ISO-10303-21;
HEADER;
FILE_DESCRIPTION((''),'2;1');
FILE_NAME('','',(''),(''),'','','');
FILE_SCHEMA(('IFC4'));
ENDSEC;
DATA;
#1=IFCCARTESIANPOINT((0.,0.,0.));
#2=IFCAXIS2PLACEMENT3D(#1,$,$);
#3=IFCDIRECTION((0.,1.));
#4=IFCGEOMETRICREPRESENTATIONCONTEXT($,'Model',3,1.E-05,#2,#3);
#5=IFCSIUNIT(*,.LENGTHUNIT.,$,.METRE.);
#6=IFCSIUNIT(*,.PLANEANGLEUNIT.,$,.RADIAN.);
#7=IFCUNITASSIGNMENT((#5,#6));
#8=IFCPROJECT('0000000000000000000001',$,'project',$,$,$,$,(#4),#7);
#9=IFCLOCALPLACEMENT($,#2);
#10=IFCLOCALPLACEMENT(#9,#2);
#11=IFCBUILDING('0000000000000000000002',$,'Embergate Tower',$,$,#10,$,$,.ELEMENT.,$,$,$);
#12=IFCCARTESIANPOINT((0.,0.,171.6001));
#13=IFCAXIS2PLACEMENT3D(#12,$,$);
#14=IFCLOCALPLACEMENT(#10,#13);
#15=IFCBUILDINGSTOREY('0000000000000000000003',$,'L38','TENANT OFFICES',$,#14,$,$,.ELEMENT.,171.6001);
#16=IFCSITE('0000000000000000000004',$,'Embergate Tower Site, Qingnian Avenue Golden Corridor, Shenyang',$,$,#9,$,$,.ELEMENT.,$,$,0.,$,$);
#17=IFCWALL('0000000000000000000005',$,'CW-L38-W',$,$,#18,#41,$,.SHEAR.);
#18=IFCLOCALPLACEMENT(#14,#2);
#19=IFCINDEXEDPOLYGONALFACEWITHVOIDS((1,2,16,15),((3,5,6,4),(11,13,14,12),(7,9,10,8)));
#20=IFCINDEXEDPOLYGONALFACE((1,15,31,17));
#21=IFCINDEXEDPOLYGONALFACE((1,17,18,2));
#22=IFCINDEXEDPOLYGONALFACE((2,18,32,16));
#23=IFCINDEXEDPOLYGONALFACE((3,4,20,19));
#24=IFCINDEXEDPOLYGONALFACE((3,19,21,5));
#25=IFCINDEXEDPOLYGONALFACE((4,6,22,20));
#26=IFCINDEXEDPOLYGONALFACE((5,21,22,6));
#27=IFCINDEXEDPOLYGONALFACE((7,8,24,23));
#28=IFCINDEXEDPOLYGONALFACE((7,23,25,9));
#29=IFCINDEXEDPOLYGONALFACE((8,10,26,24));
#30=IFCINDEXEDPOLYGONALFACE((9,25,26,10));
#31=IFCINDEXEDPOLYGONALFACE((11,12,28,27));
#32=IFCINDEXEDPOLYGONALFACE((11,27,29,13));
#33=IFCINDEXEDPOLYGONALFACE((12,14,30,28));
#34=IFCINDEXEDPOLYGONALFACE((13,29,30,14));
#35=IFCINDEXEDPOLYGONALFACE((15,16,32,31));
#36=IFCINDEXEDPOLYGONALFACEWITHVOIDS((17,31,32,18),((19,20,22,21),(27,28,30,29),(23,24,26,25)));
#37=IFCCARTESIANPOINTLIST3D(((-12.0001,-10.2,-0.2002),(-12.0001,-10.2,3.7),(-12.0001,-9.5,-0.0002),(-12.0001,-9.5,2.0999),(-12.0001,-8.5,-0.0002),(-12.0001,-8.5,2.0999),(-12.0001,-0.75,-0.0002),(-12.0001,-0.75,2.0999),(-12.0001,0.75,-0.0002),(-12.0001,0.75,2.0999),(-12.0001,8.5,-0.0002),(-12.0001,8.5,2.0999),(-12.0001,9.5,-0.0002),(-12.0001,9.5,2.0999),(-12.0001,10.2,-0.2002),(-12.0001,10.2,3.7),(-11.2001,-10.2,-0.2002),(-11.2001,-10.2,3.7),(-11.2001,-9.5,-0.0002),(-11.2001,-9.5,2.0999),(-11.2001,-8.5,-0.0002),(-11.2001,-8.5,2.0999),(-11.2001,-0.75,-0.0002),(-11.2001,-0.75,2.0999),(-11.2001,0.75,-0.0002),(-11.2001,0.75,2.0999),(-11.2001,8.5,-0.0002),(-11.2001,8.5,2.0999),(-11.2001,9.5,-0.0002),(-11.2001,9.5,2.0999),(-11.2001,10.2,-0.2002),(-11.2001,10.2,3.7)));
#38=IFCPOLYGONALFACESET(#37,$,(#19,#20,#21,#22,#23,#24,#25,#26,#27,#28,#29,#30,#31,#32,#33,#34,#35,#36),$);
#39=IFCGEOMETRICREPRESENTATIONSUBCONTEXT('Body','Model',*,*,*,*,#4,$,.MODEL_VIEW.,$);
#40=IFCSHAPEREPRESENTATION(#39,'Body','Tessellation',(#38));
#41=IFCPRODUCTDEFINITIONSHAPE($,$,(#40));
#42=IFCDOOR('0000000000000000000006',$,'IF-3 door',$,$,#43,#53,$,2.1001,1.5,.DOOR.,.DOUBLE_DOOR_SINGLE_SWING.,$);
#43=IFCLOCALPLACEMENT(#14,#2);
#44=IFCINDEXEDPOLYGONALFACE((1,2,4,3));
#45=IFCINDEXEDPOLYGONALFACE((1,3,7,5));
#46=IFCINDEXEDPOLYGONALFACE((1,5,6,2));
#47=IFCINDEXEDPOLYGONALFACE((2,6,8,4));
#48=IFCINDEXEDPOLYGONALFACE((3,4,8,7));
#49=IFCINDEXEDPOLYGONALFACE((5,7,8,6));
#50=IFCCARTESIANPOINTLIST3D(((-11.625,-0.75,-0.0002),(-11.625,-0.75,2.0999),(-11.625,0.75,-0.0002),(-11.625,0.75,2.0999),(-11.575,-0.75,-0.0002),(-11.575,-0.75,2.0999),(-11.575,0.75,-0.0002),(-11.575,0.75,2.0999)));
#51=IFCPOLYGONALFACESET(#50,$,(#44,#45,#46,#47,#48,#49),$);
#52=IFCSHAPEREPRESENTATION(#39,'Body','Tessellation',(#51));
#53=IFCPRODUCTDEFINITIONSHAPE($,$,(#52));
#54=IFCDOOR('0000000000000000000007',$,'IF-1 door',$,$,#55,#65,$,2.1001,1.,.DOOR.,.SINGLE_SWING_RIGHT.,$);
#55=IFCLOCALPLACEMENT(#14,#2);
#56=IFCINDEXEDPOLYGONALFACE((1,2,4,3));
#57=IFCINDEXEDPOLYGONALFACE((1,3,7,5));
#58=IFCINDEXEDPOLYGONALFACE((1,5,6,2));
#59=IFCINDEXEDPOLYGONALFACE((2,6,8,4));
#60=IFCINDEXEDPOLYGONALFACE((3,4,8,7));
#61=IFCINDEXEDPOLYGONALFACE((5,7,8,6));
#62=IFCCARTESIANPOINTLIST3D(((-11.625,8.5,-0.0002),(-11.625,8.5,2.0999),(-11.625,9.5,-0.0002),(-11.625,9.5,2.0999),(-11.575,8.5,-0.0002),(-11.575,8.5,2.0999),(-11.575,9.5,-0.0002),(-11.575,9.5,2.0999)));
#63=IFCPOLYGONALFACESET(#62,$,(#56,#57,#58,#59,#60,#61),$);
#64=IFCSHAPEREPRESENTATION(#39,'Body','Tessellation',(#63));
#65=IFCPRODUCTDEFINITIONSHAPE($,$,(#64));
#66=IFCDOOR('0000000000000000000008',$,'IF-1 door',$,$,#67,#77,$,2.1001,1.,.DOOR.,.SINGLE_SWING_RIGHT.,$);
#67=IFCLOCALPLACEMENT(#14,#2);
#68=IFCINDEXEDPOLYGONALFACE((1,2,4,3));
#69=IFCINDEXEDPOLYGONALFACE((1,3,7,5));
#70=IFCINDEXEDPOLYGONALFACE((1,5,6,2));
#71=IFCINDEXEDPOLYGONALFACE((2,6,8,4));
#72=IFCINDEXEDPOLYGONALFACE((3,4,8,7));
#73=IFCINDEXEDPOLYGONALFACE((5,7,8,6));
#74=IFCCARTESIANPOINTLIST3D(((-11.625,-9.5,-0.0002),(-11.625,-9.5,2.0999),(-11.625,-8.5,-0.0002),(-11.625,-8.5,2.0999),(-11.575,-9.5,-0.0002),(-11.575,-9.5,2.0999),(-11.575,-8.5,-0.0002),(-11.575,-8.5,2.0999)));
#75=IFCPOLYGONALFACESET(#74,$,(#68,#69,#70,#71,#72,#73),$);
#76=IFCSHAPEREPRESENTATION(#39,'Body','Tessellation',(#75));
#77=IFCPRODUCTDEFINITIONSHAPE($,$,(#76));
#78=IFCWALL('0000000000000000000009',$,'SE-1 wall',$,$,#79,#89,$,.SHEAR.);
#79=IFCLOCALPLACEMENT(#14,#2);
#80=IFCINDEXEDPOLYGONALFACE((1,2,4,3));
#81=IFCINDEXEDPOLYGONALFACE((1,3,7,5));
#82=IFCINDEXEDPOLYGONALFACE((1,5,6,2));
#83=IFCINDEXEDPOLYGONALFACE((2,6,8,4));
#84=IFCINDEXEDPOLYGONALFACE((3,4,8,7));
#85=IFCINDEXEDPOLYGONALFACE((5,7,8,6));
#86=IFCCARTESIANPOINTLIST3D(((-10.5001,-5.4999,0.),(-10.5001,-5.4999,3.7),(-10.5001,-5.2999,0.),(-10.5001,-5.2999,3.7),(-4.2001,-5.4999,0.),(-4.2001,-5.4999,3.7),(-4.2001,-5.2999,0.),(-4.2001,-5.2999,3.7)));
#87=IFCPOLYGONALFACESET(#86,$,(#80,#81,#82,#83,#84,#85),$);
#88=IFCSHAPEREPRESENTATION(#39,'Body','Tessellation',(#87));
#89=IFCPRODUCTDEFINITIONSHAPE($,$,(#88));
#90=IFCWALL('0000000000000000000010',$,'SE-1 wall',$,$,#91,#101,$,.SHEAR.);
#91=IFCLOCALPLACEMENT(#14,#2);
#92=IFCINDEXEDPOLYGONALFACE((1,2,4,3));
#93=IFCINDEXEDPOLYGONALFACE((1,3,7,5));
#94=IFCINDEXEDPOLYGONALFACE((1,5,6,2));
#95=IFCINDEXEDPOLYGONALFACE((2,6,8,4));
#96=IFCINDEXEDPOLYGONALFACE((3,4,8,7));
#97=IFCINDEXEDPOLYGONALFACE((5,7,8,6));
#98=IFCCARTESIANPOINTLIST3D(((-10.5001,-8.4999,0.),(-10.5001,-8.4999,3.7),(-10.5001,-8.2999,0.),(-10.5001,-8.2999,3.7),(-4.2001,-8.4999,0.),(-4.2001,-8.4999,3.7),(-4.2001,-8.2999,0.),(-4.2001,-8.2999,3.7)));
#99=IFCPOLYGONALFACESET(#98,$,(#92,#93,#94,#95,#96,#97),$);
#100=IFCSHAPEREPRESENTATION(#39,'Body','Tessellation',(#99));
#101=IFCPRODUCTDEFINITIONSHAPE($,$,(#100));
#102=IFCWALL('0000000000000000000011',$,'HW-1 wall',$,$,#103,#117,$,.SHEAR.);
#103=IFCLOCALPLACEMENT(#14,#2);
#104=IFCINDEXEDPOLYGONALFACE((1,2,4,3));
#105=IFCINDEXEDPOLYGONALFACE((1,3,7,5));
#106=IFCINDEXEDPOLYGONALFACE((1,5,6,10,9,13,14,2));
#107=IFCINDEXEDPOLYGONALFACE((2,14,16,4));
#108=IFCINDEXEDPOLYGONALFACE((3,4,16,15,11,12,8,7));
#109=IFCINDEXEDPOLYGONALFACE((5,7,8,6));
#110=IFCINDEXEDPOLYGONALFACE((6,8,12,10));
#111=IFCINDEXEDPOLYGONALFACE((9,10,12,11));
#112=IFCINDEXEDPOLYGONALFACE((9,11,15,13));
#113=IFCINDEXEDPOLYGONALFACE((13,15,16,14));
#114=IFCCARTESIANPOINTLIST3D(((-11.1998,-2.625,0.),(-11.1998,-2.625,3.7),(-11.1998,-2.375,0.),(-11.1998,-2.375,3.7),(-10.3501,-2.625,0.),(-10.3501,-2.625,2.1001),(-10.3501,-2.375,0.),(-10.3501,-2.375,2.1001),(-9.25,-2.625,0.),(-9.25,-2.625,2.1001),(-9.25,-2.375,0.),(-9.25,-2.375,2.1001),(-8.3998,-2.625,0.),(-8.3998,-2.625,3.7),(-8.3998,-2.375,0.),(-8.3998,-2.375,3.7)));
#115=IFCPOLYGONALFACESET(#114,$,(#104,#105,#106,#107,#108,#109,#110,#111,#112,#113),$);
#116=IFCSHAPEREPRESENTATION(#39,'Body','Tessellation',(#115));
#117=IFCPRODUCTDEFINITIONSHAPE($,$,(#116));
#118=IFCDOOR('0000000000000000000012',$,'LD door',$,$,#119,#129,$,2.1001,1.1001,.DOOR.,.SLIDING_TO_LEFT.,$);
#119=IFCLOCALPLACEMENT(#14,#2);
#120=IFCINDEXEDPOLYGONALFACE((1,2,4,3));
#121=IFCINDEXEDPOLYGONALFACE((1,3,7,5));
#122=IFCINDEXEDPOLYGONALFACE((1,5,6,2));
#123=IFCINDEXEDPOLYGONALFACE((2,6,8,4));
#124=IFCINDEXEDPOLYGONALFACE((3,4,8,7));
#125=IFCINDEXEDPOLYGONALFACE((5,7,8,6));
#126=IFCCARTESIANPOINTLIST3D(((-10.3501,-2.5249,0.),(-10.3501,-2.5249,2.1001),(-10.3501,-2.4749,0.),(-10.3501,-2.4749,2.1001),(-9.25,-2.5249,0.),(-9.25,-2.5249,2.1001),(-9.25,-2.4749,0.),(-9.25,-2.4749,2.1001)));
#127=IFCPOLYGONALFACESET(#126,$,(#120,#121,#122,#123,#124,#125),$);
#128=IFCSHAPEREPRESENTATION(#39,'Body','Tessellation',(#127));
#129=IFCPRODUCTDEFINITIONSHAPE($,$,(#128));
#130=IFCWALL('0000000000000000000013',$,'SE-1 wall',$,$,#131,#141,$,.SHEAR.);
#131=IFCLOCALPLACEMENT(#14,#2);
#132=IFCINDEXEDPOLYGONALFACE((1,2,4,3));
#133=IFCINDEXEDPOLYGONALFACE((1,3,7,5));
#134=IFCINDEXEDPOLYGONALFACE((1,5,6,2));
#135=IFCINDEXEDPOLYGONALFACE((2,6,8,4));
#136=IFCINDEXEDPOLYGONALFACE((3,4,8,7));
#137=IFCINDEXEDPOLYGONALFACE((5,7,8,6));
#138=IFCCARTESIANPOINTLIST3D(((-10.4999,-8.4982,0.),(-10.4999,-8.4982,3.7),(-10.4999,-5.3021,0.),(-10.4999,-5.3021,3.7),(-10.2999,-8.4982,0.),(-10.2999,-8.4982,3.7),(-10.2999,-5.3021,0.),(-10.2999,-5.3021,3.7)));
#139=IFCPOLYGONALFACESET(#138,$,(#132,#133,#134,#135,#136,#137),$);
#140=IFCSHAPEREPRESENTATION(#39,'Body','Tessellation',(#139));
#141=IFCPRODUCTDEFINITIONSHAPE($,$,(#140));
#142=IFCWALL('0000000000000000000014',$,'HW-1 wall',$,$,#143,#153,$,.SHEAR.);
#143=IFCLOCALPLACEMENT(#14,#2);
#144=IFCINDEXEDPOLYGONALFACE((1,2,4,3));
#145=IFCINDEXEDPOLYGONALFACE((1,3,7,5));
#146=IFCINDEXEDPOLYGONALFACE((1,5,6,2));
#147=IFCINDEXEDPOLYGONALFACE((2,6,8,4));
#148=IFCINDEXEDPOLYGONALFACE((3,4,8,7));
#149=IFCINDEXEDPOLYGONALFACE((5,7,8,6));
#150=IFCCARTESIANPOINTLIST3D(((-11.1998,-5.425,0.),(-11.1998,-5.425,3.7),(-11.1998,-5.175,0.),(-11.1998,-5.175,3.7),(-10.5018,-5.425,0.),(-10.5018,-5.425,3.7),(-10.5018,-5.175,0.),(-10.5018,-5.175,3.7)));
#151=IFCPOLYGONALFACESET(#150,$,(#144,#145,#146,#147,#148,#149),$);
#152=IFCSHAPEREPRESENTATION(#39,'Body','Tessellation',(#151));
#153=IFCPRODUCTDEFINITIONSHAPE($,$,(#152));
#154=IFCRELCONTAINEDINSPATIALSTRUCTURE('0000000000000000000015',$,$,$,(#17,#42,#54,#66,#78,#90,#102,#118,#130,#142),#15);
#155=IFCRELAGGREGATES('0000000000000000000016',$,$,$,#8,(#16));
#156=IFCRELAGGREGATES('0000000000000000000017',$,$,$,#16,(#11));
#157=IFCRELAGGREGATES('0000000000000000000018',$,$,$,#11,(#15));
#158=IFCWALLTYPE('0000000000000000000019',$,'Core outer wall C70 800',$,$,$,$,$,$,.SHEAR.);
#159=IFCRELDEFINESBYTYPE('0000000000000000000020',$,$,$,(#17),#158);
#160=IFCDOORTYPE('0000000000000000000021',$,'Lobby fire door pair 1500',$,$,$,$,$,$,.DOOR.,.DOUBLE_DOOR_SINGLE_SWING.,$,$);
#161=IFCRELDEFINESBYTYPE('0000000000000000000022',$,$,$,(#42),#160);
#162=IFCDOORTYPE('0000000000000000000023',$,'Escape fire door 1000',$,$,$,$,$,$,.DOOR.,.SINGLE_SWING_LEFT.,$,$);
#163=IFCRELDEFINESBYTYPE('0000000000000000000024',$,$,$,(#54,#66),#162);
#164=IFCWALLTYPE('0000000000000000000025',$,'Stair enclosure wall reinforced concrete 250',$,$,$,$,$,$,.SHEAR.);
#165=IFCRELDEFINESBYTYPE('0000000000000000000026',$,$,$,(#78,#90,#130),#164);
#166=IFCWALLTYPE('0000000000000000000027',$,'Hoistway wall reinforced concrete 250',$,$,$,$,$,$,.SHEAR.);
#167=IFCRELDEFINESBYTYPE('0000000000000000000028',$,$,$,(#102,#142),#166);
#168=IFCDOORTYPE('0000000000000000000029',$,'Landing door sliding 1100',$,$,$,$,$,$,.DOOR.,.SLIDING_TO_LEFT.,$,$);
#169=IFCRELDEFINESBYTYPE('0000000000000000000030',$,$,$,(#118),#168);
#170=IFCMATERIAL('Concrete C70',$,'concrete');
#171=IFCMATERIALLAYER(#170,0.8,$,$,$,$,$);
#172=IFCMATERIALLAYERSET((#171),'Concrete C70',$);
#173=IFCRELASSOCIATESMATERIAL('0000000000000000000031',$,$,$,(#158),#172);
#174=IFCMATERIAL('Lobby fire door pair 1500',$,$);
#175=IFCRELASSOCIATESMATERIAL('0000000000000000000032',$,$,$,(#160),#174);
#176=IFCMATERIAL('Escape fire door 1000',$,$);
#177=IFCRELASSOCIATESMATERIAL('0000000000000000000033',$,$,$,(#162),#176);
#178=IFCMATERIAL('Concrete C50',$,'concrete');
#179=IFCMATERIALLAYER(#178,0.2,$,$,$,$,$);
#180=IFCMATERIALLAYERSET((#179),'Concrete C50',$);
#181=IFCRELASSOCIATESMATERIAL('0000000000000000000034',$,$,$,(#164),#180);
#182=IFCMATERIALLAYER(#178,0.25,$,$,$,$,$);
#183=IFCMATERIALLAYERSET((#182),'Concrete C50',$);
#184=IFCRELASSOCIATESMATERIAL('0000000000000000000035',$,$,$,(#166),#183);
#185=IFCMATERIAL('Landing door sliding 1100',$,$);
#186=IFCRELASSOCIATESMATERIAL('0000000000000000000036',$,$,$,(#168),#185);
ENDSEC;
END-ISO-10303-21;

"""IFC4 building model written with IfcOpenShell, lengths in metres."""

from ifc_helpers import new_model, si_unit, direction, frame, frame_2d, origin, place, context, subcontext, project, spatial, rectangle, extrude, source, transform, mapped, material, layer, layer_set, type_object, element, fill, save


model = new_model("IFC4")

# Units and contexts
model_context = context("Model", 3, precision=1e-05, world=origin(), true_north=direction((0.0, 1.0)))
body_context = subcontext(model_context, "Body", "Model", "MODEL_VIEW")
ifc_project = project(units=[si_unit("LENGTHUNIT", "METRE"), si_unit("PLANEANGLEUNIT", "RADIAN")], contexts=[model_context])

# Site, building, storey
site_placement = place(None, origin())
site = spatial("IfcSite", under=ifc_project, at=site_placement, Name="Embergate Tower Site, Qingnian Avenue Golden Corridor, Shenyang", CompositionType="ELEMENT", RefElevation=0.0)
building_placement = place(site_placement, origin())
building = spatial("IfcBuilding", under=site, at=building_placement, Name="Embergate Tower", CompositionType="ELEMENT")
storey_placement = place(building_placement, frame((0.0, 0.0, 171.6001)))
storey = spatial("IfcBuildingStorey", under=building, at=storey_placement, Name="L38", Description="TENANT OFFICES", CompositionType="ELEMENT", Elevation=171.6001)

# Wall, openings, doors
ifc_material_1 = material(Name="Concrete C70", Category="concrete")
ifc_layer_1 = layer(ifc_material_1, 0.8)
ifc_layer_set_1 = layer_set([ifc_layer_1], Name="Concrete C70")
wall_type_1 = type_object("IfcWallType", Name="Core outer wall C70 800", PredefinedType="SHEAR", material=ifc_layer_set_1)
shared_shape_1 = source(origin(), body_context, "Body", "SweptSolid", [
    extrude(rectangle(XDim=20.3999, YDim=0.8, at=frame_2d((10.2, 0.0))), origin(), (0.0, 0.0, 1.0), 3.9001),
])
wall_1_placement = place(storey_placement, frame((-11.6001, -10.2, -0.2002), z_axis=(0.0, 0.0, 1.0), x_axis=(0.0, 1.0, 0.0)))
wall_1 = element("IfcWall", 1, at=wall_1_placement, inside=storey, type_object=wall_type_1, Name="CW-L38-W", PredefinedType="SHEAR", context=body_context, shape_type="MappedRepresentation", body=[
    mapped(shared_shape_1, transform((0.0, 0.0, 0.0))),
])
shared_shape_2 = source(origin(), body_context, "Body", "SweptSolid", [
    extrude(rectangle(XDim=1.0, YDim=2.1001, at=frame_2d((0.5, 1.05))), frame((0.0, 0.4099, 0.0), z_axis=(0.0, -1.0, 0.0), x_axis=(1.0, 0.0, 0.0)), (0.0, 0.0, 1.0), 0.8201),
])
opening_1_placement = place(wall_1_placement, frame((18.7, 0.0, 0.2)))
opening_1 = element("IfcOpeningElement", 2, at=opening_1_placement, cuts=wall_1, PredefinedType="OPENING", context=body_context, shape_type="MappedRepresentation", body=[
    mapped(shared_shape_2, transform((0.0, 0.0, 0.0))),
])
opening_2_placement = place(wall_1_placement, frame((0.7, 0.0, 0.2)))
opening_2 = element("IfcOpeningElement", 3, at=opening_2_placement, cuts=wall_1, PredefinedType="OPENING", context=body_context, shape_type="MappedRepresentation", body=[
    mapped(shared_shape_2, transform((0.0, 0.0, 0.0))),
])
shared_shape_3 = source(origin(), body_context, "Body", "SweptSolid", [
    extrude(rectangle(XDim=1.5, YDim=2.1001, at=frame_2d((0.75, 1.05))), frame((0.0, 0.4099, 0.0), z_axis=(0.0, -1.0, 0.0), x_axis=(1.0, 0.0, 0.0)), (0.0, 0.0, 1.0), 0.8201),
])
opening_3_placement = place(wall_1_placement, frame((9.45, 0.0, 0.2)))
opening_3 = element("IfcOpeningElement", 4, at=opening_3_placement, cuts=wall_1, PredefinedType="OPENING", context=body_context, shape_type="MappedRepresentation", body=[
    mapped(shared_shape_3, transform((0.0, 0.0, 0.0))),
])
ifc_material_2 = material(Name="Lobby fire door pair 1500")
door_type_1 = type_object("IfcDoorType", Name="Lobby fire door pair 1500", OperationType="DOUBLE_DOOR_SINGLE_SWING", PredefinedType="DOOR", material=ifc_material_2)
shared_shape_4 = source(origin(), body_context, "Body", "SweptSolid", [
    extrude(rectangle(XDim=1.5, YDim=2.1001, at=frame_2d((0.75, 1.05))), frame((0.0, 0.0249, 0.0), z_axis=(0.0, -1.0, 0.0), x_axis=(1.0, 0.0, 0.0)), (0.0, 0.0, 1.0), 0.05),
])
door_1_placement = place(opening_3_placement, origin())
door_1 = element("IfcDoor", 5, at=door_1_placement, inside=storey, type_object=door_type_1, Name="IF-3 door", OperationType="DOUBLE_DOOR_SINGLE_SWING", OverallHeight=2.1001, OverallWidth=1.5, PredefinedType="DOOR", context=body_context, shape_type="MappedRepresentation", body=[
    mapped(shared_shape_4, transform((0.0, 0.0, 0.0))),
])
fill(opening_3, door_1)
ifc_material_3 = material(Name="Escape fire door 1000")
door_type_2 = type_object("IfcDoorType", Name="Escape fire door 1000", OperationType="SINGLE_SWING_LEFT", PredefinedType="DOOR", material=ifc_material_3)
shared_shape_5 = source(origin(), body_context, "Body", "SweptSolid", [
    extrude(rectangle(XDim=1.0, YDim=2.1001, at=frame_2d((0.5, 1.05))), frame((0.0, 0.0249, 0.0), z_axis=(0.0, -1.0, 0.0), x_axis=(1.0, 0.0, 0.0)), (0.0, 0.0, 1.0), 0.05),
])
door_2_placement = place(opening_1_placement, origin())
door_2 = element("IfcDoor", 6, at=door_2_placement, inside=storey, type_object=door_type_2, Name="IF-1 door", OperationType="SINGLE_SWING_RIGHT", OverallHeight=2.1001, OverallWidth=1.0, PredefinedType="DOOR", context=body_context, shape_type="MappedRepresentation", body=[
    mapped(shared_shape_5, transform((0.0, 0.0, 0.0))),
])
fill(opening_1, door_2)
door_3_placement = place(opening_2_placement, origin())
door_3 = element("IfcDoor", 7, at=door_3_placement, inside=storey, type_object=door_type_2, Name="IF-1 door", OperationType="SINGLE_SWING_RIGHT", OverallHeight=2.1001, OverallWidth=1.0, PredefinedType="DOOR", context=body_context, shape_type="MappedRepresentation", body=[
    mapped(shared_shape_5, transform((0.0, 0.0, 0.0))),
])
fill(opening_2, door_3)

# Walls
ifc_material_4 = material(Name="Concrete C50", Category="concrete")
ifc_layer_2 = layer(ifc_material_4, 0.2)
ifc_layer_set_2 = layer_set([ifc_layer_2], Name="Concrete C50")
wall_type_2 = type_object("IfcWallType", Name="Stair enclosure wall reinforced concrete 250", PredefinedType="SHEAR", material=ifc_layer_set_2)
shared_shape_6 = source(origin(), body_context, "Body", "SweptSolid", [
    extrude(rectangle(XDim=6.3, YDim=0.2, at=frame_2d((3.1499, 0.0))), origin(), (0.0, 0.0, 1.0), 3.7),
])
for number, where, z_axis, x_axis, name in (
    (8, (-10.5, -5.3999, 0.0), (0.0, 0.0, 1.0), (1.0, 0.0, 0.0), "SE-1 wall"),
    (9, (-10.5, -8.3999, 0.0), (0.0, 0.0, 1.0), (1.0, 0.0, 0.0), "SE-1 wall"),
):
    element("IfcWall", number, at=place(storey_placement, frame(where, z_axis=z_axis, x_axis=x_axis)), inside=storey, type_object=wall_type_2, Name=name, PredefinedType="SHEAR", context=body_context, shape_type="MappedRepresentation", body=[
        mapped(shared_shape_6, transform((0.0, 0.0, 0.0))),
    ])

# Wall, opening, door
ifc_layer_3 = layer(ifc_material_4, 0.25)
ifc_layer_set_3 = layer_set([ifc_layer_3], Name="Concrete C50")
wall_type_3 = type_object("IfcWallType", Name="Hoistway wall reinforced concrete 250", PredefinedType="SHEAR", material=ifc_layer_set_3)
shared_shape_7 = source(origin(), body_context, "Body", "SweptSolid", [
    extrude(rectangle(XDim=2.8, YDim=0.25, at=frame_2d((1.3999, 0.0))), origin(), (0.0, 0.0, 1.0), 3.7),
])
wall_2_placement = place(storey_placement, frame((-8.3999, -2.5, 0.0), z_axis=(0.0, 0.0, 1.0), x_axis=(-1.0, 0.0, 0.0)))
wall_2 = element("IfcWall", 10, at=wall_2_placement, inside=storey, type_object=wall_type_3, Name="HW-1 wall", PredefinedType="SHEAR", context=body_context, shape_type="MappedRepresentation", body=[
    mapped(shared_shape_7, transform((0.0, 0.0, 0.0))),
])
shared_shape_8 = source(origin(), body_context, "Body", "SweptSolid", [
    extrude(rectangle(XDim=1.1001, YDim=2.1001, at=frame_2d((0.55, 1.05))), frame((0.0, 0.135, 0.0), z_axis=(0.0, -1.0, 0.0), x_axis=(1.0, 0.0, 0.0)), (0.0, 0.0, 1.0), 0.27),
])
opening_4_placement = place(wall_2_placement, frame((0.8501, 0.0, 0.0)))
opening_4 = element("IfcOpeningElement", 11, at=opening_4_placement, cuts=wall_2, PredefinedType="OPENING", context=body_context, shape_type="MappedRepresentation", body=[
    mapped(shared_shape_8, transform((0.0, 0.0, 0.0))),
])
ifc_material_5 = material(Name="Landing door sliding 1100")
door_type_3 = type_object("IfcDoorType", Name="Landing door sliding 1100", OperationType="SLIDING_TO_LEFT", PredefinedType="DOOR", material=ifc_material_5)
shared_shape_9 = source(origin(), body_context, "Body", "SweptSolid", [
    extrude(rectangle(XDim=1.1001, YDim=2.1001, at=frame_2d((0.55, 1.05))), frame((0.0, 0.0249, 0.0), z_axis=(0.0, -1.0, 0.0), x_axis=(1.0, 0.0, 0.0)), (0.0, 0.0, 1.0), 0.05),
])
door_4_placement = place(opening_4_placement, origin())
door_4 = element("IfcDoor", 12, at=door_4_placement, inside=storey, type_object=door_type_3, Name="LD door", OperationType="SLIDING_TO_LEFT", OverallHeight=2.1001, OverallWidth=1.1001, PredefinedType="DOOR", context=body_context, shape_type="MappedRepresentation", body=[
    mapped(shared_shape_9, transform((0.0, 0.0, 0.0))),
])
fill(opening_4, door_4)

# Walls
shared_shape_10 = source(origin(), body_context, "Body", "SweptSolid", [
    extrude(rectangle(XDim=3.196, YDim=0.2, at=frame_2d((1.5981, 0.0))), origin(), (0.0, 0.0, 1.0), 3.7),
])
wall_3_placement = place(storey_placement, frame((-10.3999, -5.302, 0.0), z_axis=(0.0, 0.0, 1.0), x_axis=(0.0, -1.0, 0.0)))
element("IfcWall", 13, at=wall_3_placement, inside=storey, type_object=wall_type_2, Name="SE-1 wall", PredefinedType="SHEAR", context=body_context, shape_type="MappedRepresentation", body=[
    mapped(shared_shape_10, transform((0.0, 0.0, 0.0))),
])
shared_shape_11 = source(origin(), body_context, "Body", "SweptSolid", [
    extrude(rectangle(XDim=0.698, YDim=0.25, at=frame_2d((0.3491, 0.0))), origin(), (0.0, 0.0, 1.0), 3.7),
])
wall_4_placement = place(storey_placement, frame((-11.2, -5.3, 0.0), z_axis=(0.0, 0.0, 1.0), x_axis=(1.0, 0.0, 0.0)))
element("IfcWall", 14, at=wall_4_placement, inside=storey, type_object=wall_type_3, Name="HW-1 wall", PredefinedType="SHEAR", context=body_context, shape_type="MappedRepresentation", body=[
    mapped(shared_shape_11, transform((0.0, 0.0, 0.0))),
])

save(model, "model.ifc")
